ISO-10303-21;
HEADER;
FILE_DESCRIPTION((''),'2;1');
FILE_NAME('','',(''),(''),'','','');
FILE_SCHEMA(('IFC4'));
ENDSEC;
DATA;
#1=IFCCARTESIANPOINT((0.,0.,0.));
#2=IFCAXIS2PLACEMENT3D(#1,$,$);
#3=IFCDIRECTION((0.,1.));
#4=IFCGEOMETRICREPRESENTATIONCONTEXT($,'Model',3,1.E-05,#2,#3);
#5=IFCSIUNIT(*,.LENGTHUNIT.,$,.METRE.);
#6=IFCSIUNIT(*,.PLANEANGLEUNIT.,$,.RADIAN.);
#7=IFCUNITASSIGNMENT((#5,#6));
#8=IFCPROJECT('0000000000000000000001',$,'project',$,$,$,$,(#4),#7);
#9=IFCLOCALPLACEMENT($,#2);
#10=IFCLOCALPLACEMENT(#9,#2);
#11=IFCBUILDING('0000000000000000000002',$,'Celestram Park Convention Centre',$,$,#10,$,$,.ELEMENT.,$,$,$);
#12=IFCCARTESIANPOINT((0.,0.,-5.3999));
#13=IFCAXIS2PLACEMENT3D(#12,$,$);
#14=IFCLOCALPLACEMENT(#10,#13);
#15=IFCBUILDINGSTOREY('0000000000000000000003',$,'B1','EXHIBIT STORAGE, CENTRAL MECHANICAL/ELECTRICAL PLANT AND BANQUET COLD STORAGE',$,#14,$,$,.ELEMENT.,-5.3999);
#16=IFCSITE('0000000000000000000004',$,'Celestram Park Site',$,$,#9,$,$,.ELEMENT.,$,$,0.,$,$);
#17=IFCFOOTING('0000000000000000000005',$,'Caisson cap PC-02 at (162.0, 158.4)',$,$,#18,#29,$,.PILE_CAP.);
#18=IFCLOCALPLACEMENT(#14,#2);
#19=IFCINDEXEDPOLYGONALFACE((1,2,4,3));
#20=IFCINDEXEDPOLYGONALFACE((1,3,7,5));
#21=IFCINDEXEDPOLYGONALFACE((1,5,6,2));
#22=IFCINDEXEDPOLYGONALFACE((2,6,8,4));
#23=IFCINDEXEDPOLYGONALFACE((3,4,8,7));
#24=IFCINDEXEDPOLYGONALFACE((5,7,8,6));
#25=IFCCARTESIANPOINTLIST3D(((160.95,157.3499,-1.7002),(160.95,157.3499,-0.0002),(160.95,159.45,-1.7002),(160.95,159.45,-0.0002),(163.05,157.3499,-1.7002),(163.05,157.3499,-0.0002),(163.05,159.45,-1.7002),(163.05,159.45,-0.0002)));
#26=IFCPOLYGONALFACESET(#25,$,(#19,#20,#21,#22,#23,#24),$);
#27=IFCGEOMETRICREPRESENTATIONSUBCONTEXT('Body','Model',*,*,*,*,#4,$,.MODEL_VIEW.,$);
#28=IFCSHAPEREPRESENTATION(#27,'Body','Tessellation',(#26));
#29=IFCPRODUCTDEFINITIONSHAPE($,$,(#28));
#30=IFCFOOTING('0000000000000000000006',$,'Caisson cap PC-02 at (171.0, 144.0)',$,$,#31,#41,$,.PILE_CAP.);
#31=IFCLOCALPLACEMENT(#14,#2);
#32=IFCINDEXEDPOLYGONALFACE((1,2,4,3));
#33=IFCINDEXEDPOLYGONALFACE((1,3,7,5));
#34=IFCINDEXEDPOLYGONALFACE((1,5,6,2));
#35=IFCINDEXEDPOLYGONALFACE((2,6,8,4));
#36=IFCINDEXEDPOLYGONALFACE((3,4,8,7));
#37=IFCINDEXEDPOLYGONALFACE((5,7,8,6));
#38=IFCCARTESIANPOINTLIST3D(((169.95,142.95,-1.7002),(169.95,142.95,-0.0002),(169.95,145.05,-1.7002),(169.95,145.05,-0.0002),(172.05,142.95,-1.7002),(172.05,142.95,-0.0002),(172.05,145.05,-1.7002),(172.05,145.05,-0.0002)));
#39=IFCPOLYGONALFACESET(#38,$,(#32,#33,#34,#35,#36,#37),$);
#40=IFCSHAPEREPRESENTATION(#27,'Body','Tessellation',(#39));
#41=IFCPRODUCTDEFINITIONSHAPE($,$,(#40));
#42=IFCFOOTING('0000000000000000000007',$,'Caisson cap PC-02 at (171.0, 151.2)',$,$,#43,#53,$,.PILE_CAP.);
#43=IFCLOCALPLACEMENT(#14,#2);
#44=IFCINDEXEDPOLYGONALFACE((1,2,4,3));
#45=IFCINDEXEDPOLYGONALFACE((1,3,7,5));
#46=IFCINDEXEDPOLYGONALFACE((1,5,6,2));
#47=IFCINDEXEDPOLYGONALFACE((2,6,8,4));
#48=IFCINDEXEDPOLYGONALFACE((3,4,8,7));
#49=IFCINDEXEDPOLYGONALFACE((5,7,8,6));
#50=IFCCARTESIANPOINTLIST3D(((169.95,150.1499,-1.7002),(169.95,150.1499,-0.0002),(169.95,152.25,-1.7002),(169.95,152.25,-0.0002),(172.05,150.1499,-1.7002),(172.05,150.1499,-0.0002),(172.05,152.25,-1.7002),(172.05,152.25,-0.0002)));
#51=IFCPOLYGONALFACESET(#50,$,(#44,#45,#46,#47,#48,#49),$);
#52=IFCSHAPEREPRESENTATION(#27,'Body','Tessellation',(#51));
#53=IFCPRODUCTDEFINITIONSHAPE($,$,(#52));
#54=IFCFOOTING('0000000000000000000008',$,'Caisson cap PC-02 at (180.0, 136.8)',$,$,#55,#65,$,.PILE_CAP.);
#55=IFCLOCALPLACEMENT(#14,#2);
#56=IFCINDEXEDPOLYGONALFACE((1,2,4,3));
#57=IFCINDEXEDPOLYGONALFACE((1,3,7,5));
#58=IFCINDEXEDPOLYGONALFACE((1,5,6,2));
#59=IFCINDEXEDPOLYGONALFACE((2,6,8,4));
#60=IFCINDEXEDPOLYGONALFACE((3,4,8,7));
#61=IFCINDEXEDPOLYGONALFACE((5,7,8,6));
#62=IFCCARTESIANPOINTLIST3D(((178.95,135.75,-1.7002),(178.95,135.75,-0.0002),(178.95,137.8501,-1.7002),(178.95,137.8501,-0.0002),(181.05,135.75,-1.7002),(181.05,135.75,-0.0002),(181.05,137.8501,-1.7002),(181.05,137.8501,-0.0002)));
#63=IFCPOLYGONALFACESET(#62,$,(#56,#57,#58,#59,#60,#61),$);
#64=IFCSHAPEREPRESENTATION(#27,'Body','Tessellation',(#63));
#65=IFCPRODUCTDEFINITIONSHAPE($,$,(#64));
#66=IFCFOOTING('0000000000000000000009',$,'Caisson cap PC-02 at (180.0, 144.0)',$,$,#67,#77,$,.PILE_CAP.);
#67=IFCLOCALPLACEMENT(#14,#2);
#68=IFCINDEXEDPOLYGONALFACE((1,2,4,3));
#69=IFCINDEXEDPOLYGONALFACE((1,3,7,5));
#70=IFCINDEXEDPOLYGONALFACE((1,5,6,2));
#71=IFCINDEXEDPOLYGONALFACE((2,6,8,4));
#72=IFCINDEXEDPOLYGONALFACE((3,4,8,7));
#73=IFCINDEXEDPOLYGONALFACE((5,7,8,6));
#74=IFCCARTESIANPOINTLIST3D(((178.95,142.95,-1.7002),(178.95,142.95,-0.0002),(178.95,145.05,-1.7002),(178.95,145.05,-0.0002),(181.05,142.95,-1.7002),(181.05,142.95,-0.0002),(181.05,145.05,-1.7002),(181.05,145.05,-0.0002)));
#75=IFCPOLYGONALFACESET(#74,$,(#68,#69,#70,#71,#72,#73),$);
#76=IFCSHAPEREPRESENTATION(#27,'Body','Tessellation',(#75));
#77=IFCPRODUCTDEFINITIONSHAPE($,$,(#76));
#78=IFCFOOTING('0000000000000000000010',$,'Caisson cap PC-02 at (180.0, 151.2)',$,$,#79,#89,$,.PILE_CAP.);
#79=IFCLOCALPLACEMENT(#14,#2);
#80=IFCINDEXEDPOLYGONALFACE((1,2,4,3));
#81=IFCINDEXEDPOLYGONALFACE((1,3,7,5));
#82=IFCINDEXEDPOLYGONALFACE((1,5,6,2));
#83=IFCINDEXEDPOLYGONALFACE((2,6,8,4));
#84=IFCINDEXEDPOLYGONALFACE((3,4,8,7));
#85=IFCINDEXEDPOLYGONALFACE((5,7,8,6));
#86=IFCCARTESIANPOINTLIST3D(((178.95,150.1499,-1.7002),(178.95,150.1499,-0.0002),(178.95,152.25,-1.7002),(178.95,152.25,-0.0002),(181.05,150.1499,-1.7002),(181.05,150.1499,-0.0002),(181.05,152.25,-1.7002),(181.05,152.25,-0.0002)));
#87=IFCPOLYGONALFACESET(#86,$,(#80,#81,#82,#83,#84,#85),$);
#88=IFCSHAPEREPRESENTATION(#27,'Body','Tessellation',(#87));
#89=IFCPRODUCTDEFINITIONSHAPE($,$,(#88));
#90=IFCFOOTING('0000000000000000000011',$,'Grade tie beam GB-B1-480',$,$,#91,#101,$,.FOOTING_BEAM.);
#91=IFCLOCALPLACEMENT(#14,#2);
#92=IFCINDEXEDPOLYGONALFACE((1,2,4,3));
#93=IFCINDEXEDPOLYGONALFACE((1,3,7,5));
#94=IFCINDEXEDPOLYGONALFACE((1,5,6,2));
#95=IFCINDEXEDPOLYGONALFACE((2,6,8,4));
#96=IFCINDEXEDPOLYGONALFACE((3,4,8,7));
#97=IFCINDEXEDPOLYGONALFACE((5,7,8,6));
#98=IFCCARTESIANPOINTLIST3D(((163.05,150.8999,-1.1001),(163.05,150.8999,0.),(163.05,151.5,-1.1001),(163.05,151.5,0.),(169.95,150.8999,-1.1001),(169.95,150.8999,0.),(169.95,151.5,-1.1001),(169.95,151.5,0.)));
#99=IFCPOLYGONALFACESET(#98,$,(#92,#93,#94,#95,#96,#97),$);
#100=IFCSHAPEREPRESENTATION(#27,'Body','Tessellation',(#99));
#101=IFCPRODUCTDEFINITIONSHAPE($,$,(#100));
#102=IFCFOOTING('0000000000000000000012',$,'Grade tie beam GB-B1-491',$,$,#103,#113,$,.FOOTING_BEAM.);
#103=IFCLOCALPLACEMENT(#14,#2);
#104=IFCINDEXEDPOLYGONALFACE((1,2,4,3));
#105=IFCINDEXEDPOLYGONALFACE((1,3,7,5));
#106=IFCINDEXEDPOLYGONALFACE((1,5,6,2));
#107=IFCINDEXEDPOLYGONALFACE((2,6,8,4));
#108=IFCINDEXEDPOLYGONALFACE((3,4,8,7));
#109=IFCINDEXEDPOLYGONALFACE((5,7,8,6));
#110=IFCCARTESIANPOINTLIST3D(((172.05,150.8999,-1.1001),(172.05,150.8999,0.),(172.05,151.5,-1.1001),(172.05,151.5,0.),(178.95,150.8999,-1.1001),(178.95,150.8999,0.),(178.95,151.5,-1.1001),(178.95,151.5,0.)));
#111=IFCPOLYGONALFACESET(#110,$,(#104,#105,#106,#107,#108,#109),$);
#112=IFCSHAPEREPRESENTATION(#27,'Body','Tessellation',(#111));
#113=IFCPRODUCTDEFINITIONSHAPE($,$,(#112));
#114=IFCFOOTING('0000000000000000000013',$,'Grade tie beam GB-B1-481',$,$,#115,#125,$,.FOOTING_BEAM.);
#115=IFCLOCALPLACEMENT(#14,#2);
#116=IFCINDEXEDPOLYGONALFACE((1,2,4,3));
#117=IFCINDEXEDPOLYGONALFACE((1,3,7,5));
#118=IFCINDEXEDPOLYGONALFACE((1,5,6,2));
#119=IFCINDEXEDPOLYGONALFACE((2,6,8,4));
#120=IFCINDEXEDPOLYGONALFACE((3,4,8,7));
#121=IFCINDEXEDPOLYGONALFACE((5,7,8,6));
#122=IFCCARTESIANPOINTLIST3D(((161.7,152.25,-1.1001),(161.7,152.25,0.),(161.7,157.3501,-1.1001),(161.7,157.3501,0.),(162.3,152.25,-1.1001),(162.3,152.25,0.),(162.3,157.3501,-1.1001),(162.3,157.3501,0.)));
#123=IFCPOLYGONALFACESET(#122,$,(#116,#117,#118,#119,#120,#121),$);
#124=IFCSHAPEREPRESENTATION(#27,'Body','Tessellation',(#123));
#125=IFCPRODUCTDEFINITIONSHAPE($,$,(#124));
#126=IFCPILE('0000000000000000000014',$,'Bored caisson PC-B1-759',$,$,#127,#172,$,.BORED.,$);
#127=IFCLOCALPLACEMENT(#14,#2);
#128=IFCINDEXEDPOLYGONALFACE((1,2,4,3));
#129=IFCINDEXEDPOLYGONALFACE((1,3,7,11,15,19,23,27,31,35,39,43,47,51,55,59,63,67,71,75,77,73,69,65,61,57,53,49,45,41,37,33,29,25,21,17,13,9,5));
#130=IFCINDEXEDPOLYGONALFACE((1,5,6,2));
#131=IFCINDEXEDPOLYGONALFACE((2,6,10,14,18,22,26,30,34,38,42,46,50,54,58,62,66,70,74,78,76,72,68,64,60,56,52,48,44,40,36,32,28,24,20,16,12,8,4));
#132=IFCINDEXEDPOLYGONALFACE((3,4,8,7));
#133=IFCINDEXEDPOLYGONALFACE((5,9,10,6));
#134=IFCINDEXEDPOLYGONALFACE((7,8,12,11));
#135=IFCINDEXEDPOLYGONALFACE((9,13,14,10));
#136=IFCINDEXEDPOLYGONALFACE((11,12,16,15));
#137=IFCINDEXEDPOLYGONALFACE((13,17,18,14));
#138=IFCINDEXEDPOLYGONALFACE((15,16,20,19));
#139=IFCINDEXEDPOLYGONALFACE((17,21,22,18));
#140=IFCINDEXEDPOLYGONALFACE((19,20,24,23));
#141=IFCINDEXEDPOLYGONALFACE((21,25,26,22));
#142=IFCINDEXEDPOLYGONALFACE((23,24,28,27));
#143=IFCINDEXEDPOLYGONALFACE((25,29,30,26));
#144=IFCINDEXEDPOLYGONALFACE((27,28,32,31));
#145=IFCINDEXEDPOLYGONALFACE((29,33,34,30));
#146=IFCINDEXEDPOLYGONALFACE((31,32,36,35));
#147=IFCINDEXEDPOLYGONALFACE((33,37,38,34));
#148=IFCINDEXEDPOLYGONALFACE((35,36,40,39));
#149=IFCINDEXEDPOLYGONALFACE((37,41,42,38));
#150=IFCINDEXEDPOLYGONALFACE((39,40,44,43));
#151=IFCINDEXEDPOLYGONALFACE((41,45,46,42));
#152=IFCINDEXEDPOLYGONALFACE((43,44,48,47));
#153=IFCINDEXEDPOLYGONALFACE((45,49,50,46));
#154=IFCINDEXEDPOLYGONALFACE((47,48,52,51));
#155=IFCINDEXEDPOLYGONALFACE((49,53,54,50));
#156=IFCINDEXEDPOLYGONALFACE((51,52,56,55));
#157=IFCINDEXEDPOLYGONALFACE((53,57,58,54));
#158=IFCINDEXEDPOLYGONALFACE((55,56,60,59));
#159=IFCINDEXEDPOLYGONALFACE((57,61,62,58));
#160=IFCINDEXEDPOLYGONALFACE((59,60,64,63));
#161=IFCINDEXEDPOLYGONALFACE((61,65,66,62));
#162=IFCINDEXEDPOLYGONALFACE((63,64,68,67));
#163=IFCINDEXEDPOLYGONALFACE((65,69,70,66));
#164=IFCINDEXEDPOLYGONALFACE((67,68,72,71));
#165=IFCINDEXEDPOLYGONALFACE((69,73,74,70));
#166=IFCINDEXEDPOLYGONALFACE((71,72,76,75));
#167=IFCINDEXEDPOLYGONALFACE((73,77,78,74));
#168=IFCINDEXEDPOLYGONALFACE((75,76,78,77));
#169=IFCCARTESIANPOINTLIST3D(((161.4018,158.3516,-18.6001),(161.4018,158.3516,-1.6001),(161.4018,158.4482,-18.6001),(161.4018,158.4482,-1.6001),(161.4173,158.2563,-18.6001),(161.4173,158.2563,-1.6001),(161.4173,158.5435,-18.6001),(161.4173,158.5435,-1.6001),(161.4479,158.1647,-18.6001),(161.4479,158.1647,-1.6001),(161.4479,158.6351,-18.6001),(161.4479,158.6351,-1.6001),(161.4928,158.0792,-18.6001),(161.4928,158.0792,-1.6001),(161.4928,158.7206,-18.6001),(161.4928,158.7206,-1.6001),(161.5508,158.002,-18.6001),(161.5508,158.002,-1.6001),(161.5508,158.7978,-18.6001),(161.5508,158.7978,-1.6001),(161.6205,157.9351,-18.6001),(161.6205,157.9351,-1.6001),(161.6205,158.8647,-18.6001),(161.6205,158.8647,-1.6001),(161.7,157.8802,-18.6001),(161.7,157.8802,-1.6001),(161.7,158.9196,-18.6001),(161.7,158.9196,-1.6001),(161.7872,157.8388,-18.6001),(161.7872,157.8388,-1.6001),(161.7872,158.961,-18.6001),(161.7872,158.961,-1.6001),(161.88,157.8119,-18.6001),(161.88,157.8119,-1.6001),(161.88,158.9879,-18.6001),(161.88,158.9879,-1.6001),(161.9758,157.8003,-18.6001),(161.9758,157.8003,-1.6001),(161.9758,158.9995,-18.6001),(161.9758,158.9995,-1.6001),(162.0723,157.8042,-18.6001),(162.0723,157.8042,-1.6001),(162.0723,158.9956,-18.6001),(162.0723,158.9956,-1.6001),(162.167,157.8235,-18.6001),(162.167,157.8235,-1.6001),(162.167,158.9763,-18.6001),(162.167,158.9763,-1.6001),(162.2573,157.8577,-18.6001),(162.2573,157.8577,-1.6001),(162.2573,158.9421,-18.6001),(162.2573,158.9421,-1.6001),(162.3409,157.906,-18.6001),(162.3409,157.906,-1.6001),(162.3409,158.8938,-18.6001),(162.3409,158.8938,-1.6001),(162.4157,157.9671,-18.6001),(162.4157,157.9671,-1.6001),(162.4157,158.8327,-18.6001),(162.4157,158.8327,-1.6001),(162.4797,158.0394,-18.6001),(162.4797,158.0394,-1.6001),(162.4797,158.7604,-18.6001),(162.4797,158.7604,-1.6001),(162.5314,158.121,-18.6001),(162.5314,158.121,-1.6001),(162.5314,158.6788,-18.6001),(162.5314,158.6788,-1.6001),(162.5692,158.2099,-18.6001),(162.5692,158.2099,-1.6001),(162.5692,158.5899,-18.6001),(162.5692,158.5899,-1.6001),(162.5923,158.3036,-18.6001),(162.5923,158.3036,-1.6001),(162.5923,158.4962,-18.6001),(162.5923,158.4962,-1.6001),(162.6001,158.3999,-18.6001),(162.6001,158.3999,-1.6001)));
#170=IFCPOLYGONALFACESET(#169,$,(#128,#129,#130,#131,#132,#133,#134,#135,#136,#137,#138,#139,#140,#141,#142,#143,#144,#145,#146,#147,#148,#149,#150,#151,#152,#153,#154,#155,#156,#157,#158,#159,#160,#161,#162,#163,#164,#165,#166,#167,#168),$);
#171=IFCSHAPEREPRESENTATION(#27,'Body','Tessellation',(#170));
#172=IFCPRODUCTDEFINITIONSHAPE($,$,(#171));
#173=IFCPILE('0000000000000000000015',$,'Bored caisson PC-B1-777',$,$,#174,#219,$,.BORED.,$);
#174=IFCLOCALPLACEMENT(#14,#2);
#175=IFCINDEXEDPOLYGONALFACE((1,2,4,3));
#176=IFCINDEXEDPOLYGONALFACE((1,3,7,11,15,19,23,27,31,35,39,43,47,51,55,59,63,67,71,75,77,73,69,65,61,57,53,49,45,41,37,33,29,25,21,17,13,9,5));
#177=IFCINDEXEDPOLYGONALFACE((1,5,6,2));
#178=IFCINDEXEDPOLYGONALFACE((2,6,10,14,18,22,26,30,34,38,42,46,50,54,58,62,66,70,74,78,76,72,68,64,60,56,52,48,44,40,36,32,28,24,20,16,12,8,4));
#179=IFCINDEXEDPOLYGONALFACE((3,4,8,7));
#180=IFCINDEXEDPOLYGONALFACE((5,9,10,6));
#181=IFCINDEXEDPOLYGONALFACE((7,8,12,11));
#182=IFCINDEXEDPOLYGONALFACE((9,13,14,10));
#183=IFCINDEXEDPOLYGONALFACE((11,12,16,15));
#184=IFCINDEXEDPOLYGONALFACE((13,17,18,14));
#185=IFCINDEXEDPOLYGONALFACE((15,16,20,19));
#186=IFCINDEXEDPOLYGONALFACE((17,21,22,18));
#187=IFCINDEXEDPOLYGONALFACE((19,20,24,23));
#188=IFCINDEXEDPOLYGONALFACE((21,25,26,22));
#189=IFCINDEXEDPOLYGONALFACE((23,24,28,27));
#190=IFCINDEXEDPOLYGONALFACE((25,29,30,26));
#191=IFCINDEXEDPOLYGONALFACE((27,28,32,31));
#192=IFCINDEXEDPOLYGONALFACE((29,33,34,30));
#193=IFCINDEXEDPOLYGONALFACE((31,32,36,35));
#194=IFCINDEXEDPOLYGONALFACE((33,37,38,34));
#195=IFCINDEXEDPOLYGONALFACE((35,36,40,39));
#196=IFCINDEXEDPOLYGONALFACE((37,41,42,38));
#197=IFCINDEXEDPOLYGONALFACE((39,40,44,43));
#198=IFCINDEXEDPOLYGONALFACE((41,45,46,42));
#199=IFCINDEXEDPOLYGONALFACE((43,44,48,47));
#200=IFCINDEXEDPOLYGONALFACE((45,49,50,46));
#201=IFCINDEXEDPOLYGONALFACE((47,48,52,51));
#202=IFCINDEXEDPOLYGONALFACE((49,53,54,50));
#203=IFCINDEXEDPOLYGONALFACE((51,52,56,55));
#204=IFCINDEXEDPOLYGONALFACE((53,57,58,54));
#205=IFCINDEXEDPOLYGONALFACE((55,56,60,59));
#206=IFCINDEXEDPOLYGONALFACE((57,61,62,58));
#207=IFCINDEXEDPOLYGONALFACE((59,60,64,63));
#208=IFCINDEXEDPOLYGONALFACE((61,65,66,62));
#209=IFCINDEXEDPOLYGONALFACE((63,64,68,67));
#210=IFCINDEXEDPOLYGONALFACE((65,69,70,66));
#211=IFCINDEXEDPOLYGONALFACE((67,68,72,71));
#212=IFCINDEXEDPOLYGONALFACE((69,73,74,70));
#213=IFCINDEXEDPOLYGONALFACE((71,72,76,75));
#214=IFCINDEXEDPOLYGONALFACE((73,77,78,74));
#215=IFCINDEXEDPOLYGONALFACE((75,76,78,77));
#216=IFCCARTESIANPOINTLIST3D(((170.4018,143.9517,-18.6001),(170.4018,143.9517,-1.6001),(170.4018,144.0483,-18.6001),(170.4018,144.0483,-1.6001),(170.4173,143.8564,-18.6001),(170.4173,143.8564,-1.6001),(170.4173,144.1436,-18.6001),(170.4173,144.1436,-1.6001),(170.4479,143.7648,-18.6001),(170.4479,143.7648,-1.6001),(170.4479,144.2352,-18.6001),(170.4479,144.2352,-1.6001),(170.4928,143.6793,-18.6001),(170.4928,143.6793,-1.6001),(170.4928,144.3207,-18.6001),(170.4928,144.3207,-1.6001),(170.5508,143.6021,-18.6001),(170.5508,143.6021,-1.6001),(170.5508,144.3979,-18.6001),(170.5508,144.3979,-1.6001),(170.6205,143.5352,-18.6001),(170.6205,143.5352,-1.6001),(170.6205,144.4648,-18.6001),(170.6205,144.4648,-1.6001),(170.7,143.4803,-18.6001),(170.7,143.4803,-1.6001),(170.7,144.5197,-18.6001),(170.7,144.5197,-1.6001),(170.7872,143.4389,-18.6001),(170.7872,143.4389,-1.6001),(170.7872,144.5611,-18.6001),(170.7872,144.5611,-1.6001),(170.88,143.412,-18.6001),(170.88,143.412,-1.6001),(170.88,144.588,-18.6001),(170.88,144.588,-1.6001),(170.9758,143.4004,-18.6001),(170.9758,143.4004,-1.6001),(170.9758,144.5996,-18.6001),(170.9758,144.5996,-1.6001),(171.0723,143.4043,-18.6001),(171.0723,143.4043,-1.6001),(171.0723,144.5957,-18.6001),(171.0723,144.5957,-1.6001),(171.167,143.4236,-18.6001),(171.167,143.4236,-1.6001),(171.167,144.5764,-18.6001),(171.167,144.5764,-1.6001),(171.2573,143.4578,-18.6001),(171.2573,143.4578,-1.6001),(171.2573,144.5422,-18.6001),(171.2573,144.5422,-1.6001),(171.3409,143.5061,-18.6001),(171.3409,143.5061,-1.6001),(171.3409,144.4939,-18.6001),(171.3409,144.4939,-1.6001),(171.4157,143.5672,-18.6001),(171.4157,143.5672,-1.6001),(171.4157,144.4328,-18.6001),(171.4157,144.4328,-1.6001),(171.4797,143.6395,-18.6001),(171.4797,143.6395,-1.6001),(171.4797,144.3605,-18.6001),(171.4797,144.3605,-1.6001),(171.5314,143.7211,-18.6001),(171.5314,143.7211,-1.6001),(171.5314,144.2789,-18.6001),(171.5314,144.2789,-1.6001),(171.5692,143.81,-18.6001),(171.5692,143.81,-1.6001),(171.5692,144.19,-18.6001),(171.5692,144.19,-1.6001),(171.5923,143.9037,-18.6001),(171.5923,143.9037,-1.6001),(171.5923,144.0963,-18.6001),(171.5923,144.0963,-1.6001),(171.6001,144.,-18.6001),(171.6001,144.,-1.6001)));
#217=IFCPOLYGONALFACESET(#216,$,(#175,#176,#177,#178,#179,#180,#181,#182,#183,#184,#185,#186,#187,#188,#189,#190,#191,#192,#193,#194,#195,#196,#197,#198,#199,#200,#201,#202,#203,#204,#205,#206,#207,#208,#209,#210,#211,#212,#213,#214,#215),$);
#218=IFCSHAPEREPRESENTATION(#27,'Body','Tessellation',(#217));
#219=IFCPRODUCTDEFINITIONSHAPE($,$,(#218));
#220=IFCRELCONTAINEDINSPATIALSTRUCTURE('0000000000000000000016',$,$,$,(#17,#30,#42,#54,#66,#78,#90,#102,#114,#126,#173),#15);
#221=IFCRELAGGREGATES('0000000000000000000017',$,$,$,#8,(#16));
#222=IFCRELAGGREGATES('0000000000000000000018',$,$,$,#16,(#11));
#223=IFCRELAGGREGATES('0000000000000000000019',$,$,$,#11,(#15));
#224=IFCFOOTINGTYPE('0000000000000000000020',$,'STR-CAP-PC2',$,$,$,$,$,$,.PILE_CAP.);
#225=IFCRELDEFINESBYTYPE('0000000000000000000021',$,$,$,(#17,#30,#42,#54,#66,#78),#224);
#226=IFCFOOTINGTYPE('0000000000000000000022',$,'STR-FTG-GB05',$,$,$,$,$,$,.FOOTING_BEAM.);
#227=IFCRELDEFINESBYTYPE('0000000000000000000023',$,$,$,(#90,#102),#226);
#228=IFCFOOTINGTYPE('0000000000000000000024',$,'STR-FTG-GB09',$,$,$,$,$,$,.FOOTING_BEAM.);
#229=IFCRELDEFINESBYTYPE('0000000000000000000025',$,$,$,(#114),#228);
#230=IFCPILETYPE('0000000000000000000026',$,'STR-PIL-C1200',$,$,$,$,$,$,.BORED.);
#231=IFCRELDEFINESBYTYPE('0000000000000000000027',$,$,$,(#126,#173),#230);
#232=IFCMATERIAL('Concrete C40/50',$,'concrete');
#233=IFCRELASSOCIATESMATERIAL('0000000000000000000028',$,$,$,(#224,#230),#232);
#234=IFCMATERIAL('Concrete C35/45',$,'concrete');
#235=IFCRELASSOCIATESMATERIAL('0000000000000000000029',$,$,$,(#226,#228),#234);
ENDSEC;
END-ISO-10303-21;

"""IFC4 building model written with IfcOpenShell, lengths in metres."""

from ifc_helpers import new_model, si_unit, direction, frame, origin, origin_2d, place, context, subcontext, project, spatial, rectangle, circle, extrude, material, material_profile, profile_set, type_object, element, save


model = new_model("IFC4")

# Units and contexts
model_context = context("Model", 3, precision=1e-05, world=origin(), true_north=direction((0.0, 1.0)))
body_context = subcontext(model_context, "Body", "Model", "MODEL_VIEW")
ifc_project = project(units=[si_unit("LENGTHUNIT", "METRE"), si_unit("PLANEANGLEUNIT", "RADIAN")], contexts=[model_context])

# Site, building, storey
site_placement = place(None, origin())
site = spatial("IfcSite", under=ifc_project, at=site_placement, Name="Celestram Park Site", CompositionType="ELEMENT", RefElevation=0.0)
building_placement = place(site_placement, origin())
building = spatial("IfcBuilding", under=site, at=building_placement, Name="Celestram Park Convention Centre", CompositionType="ELEMENT")
storey_placement = place(building_placement, frame((0.0, 0.0, -5.3999)))
storey = spatial("IfcBuildingStorey", under=building, at=storey_placement, Name="B1", Description="EXHIBIT STORAGE, CENTRAL MECHANICAL/ELECTRICAL PLANT AND BANQUET COLD STORAGE", CompositionType="ELEMENT", Elevation=-5.3999)

# Footings
ifc_material_1 = material(Name="Concrete C40/50", Category="concrete")
footing_type_1 = type_object("IfcFootingType", Name="STR-CAP-PC2", PredefinedType="PILE_CAP", material=ifc_material_1)
for number, where, z_axis, x_axis, name in (
    (1, (162.0, 158.3999, -1.7002), (0.0, 0.0, 1.0), (1.0, 0.0, 0.0), "Caisson cap PC-02 at (162.0, 158.4)"),
    (2, (171.0, 144.0, -1.7002), (0.0, 0.0, 1.0), (1.0, 0.0, 0.0), "Caisson cap PC-02 at (171.0, 144.0)"),
    (3, (171.0, 151.2, -1.7002), (0.0, 0.0, 1.0), (1.0, 0.0, 0.0), "Caisson cap PC-02 at (171.0, 151.2)"),
    (4, (180.0, 136.8, -1.7002), (0.0, 0.0, 1.0), (1.0, 0.0, 0.0), "Caisson cap PC-02 at (180.0, 136.8)"),
    (5, (180.0, 144.0, -1.7002), (0.0, 0.0, 1.0), (1.0, 0.0, 0.0), "Caisson cap PC-02 at (180.0, 144.0)"),
    (6, (180.0, 151.2, -1.7002), (0.0, 0.0, 1.0), (1.0, 0.0, 0.0), "Caisson cap PC-02 at (180.0, 151.2)"),
):
    element("IfcFooting", number, at=place(storey_placement, frame(where, z_axis=z_axis, x_axis=x_axis)), inside=storey, type_object=footing_type_1, Name=name, PredefinedType="PILE_CAP", context=body_context, shape_type="SweptSolid", body=[
        extrude(rectangle(XDim=2.1001, YDim=2.1001, at=origin_2d()), origin(), (0.0, 0.0, 1.0), 1.7),
    ])
ifc_material_2 = material(Name="Concrete C35/45", Category="concrete")
footing_type_2 = type_object("IfcFootingType", Name="STR-FTG-GB05", PredefinedType="FOOTING_BEAM", material=ifc_material_2)
for number, where, z_axis, x_axis, name in (
    (7, (166.5, 151.2, -1.1001), (0.0, 0.0, 1.0), (1.0, 0.0, 0.0), "Grade tie beam GB-B1-480"),
    (8, (175.5, 151.2, -1.1001), (0.0, 0.0, 1.0), (1.0, 0.0, 0.0), "Grade tie beam GB-B1-491"),
):
    element("IfcFooting", number, at=place(storey_placement, frame(where, z_axis=z_axis, x_axis=x_axis)), inside=storey, type_object=footing_type_2, Name=name, PredefinedType="FOOTING_BEAM", context=body_context, shape_type="SweptSolid", body=[
        extrude(rectangle(XDim=6.8999, YDim=0.6001, at=origin_2d()), origin(), (0.0, 0.0, 1.0), 1.1001),
    ])
footing_type_3 = type_object("IfcFootingType", Name="STR-FTG-GB09", PredefinedType="FOOTING_BEAM", material=ifc_material_2)
footing_placement = place(storey_placement, frame((162.0, 154.8, -1.1001), z_axis=(0.0, 0.0, 1.0), x_axis=(0.0, 1.0, 0.0)))
element("IfcFooting", 9, at=footing_placement, inside=storey, type_object=footing_type_3, Name="Grade tie beam GB-B1-481", PredefinedType="FOOTING_BEAM", context=body_context, shape_type="SweptSolid", body=[
    extrude(rectangle(XDim=5.1001, YDim=0.6001, at=origin_2d()), origin(), (0.0, 0.0, 1.0), 1.1001),
])

# Piles
ifc_material_profile_1 = material_profile(ifc_material_1, circle(Radius=0.6001, at=origin_2d()), Name="CAISSON1200")
ifc_profile_set_1 = profile_set([ifc_material_profile_1], Name="Concrete C40/50")
pile_type = type_object("IfcPileType", Name="STR-PIL-C1200", PredefinedType="BORED", material=ifc_profile_set_1)
for number, where, z_axis, x_axis, name in (
    (10, (162.0, 158.3999, -1.6001), (0.0, 0.0, -1.0), (1.0, 0.0, 0.0), "Bored caisson PC-B1-759"),
    (11, (171.0, 144.0, -1.6001), (0.0, 0.0, -1.0), (1.0, 0.0, 0.0), "Bored caisson PC-B1-777"),
):
    element("IfcPile", number, at=place(storey_placement, frame(where, z_axis=z_axis, x_axis=x_axis)), inside=storey, type_object=pile_type, Name=name, PredefinedType="BORED", context=body_context, shape_type="SweptSolid", body=[
        extrude(circle(Radius=0.6001, at=origin_2d()), origin(), (0.0, 0.0, 1.0), 17.0),
    ])

save(model, "model.ifc")
